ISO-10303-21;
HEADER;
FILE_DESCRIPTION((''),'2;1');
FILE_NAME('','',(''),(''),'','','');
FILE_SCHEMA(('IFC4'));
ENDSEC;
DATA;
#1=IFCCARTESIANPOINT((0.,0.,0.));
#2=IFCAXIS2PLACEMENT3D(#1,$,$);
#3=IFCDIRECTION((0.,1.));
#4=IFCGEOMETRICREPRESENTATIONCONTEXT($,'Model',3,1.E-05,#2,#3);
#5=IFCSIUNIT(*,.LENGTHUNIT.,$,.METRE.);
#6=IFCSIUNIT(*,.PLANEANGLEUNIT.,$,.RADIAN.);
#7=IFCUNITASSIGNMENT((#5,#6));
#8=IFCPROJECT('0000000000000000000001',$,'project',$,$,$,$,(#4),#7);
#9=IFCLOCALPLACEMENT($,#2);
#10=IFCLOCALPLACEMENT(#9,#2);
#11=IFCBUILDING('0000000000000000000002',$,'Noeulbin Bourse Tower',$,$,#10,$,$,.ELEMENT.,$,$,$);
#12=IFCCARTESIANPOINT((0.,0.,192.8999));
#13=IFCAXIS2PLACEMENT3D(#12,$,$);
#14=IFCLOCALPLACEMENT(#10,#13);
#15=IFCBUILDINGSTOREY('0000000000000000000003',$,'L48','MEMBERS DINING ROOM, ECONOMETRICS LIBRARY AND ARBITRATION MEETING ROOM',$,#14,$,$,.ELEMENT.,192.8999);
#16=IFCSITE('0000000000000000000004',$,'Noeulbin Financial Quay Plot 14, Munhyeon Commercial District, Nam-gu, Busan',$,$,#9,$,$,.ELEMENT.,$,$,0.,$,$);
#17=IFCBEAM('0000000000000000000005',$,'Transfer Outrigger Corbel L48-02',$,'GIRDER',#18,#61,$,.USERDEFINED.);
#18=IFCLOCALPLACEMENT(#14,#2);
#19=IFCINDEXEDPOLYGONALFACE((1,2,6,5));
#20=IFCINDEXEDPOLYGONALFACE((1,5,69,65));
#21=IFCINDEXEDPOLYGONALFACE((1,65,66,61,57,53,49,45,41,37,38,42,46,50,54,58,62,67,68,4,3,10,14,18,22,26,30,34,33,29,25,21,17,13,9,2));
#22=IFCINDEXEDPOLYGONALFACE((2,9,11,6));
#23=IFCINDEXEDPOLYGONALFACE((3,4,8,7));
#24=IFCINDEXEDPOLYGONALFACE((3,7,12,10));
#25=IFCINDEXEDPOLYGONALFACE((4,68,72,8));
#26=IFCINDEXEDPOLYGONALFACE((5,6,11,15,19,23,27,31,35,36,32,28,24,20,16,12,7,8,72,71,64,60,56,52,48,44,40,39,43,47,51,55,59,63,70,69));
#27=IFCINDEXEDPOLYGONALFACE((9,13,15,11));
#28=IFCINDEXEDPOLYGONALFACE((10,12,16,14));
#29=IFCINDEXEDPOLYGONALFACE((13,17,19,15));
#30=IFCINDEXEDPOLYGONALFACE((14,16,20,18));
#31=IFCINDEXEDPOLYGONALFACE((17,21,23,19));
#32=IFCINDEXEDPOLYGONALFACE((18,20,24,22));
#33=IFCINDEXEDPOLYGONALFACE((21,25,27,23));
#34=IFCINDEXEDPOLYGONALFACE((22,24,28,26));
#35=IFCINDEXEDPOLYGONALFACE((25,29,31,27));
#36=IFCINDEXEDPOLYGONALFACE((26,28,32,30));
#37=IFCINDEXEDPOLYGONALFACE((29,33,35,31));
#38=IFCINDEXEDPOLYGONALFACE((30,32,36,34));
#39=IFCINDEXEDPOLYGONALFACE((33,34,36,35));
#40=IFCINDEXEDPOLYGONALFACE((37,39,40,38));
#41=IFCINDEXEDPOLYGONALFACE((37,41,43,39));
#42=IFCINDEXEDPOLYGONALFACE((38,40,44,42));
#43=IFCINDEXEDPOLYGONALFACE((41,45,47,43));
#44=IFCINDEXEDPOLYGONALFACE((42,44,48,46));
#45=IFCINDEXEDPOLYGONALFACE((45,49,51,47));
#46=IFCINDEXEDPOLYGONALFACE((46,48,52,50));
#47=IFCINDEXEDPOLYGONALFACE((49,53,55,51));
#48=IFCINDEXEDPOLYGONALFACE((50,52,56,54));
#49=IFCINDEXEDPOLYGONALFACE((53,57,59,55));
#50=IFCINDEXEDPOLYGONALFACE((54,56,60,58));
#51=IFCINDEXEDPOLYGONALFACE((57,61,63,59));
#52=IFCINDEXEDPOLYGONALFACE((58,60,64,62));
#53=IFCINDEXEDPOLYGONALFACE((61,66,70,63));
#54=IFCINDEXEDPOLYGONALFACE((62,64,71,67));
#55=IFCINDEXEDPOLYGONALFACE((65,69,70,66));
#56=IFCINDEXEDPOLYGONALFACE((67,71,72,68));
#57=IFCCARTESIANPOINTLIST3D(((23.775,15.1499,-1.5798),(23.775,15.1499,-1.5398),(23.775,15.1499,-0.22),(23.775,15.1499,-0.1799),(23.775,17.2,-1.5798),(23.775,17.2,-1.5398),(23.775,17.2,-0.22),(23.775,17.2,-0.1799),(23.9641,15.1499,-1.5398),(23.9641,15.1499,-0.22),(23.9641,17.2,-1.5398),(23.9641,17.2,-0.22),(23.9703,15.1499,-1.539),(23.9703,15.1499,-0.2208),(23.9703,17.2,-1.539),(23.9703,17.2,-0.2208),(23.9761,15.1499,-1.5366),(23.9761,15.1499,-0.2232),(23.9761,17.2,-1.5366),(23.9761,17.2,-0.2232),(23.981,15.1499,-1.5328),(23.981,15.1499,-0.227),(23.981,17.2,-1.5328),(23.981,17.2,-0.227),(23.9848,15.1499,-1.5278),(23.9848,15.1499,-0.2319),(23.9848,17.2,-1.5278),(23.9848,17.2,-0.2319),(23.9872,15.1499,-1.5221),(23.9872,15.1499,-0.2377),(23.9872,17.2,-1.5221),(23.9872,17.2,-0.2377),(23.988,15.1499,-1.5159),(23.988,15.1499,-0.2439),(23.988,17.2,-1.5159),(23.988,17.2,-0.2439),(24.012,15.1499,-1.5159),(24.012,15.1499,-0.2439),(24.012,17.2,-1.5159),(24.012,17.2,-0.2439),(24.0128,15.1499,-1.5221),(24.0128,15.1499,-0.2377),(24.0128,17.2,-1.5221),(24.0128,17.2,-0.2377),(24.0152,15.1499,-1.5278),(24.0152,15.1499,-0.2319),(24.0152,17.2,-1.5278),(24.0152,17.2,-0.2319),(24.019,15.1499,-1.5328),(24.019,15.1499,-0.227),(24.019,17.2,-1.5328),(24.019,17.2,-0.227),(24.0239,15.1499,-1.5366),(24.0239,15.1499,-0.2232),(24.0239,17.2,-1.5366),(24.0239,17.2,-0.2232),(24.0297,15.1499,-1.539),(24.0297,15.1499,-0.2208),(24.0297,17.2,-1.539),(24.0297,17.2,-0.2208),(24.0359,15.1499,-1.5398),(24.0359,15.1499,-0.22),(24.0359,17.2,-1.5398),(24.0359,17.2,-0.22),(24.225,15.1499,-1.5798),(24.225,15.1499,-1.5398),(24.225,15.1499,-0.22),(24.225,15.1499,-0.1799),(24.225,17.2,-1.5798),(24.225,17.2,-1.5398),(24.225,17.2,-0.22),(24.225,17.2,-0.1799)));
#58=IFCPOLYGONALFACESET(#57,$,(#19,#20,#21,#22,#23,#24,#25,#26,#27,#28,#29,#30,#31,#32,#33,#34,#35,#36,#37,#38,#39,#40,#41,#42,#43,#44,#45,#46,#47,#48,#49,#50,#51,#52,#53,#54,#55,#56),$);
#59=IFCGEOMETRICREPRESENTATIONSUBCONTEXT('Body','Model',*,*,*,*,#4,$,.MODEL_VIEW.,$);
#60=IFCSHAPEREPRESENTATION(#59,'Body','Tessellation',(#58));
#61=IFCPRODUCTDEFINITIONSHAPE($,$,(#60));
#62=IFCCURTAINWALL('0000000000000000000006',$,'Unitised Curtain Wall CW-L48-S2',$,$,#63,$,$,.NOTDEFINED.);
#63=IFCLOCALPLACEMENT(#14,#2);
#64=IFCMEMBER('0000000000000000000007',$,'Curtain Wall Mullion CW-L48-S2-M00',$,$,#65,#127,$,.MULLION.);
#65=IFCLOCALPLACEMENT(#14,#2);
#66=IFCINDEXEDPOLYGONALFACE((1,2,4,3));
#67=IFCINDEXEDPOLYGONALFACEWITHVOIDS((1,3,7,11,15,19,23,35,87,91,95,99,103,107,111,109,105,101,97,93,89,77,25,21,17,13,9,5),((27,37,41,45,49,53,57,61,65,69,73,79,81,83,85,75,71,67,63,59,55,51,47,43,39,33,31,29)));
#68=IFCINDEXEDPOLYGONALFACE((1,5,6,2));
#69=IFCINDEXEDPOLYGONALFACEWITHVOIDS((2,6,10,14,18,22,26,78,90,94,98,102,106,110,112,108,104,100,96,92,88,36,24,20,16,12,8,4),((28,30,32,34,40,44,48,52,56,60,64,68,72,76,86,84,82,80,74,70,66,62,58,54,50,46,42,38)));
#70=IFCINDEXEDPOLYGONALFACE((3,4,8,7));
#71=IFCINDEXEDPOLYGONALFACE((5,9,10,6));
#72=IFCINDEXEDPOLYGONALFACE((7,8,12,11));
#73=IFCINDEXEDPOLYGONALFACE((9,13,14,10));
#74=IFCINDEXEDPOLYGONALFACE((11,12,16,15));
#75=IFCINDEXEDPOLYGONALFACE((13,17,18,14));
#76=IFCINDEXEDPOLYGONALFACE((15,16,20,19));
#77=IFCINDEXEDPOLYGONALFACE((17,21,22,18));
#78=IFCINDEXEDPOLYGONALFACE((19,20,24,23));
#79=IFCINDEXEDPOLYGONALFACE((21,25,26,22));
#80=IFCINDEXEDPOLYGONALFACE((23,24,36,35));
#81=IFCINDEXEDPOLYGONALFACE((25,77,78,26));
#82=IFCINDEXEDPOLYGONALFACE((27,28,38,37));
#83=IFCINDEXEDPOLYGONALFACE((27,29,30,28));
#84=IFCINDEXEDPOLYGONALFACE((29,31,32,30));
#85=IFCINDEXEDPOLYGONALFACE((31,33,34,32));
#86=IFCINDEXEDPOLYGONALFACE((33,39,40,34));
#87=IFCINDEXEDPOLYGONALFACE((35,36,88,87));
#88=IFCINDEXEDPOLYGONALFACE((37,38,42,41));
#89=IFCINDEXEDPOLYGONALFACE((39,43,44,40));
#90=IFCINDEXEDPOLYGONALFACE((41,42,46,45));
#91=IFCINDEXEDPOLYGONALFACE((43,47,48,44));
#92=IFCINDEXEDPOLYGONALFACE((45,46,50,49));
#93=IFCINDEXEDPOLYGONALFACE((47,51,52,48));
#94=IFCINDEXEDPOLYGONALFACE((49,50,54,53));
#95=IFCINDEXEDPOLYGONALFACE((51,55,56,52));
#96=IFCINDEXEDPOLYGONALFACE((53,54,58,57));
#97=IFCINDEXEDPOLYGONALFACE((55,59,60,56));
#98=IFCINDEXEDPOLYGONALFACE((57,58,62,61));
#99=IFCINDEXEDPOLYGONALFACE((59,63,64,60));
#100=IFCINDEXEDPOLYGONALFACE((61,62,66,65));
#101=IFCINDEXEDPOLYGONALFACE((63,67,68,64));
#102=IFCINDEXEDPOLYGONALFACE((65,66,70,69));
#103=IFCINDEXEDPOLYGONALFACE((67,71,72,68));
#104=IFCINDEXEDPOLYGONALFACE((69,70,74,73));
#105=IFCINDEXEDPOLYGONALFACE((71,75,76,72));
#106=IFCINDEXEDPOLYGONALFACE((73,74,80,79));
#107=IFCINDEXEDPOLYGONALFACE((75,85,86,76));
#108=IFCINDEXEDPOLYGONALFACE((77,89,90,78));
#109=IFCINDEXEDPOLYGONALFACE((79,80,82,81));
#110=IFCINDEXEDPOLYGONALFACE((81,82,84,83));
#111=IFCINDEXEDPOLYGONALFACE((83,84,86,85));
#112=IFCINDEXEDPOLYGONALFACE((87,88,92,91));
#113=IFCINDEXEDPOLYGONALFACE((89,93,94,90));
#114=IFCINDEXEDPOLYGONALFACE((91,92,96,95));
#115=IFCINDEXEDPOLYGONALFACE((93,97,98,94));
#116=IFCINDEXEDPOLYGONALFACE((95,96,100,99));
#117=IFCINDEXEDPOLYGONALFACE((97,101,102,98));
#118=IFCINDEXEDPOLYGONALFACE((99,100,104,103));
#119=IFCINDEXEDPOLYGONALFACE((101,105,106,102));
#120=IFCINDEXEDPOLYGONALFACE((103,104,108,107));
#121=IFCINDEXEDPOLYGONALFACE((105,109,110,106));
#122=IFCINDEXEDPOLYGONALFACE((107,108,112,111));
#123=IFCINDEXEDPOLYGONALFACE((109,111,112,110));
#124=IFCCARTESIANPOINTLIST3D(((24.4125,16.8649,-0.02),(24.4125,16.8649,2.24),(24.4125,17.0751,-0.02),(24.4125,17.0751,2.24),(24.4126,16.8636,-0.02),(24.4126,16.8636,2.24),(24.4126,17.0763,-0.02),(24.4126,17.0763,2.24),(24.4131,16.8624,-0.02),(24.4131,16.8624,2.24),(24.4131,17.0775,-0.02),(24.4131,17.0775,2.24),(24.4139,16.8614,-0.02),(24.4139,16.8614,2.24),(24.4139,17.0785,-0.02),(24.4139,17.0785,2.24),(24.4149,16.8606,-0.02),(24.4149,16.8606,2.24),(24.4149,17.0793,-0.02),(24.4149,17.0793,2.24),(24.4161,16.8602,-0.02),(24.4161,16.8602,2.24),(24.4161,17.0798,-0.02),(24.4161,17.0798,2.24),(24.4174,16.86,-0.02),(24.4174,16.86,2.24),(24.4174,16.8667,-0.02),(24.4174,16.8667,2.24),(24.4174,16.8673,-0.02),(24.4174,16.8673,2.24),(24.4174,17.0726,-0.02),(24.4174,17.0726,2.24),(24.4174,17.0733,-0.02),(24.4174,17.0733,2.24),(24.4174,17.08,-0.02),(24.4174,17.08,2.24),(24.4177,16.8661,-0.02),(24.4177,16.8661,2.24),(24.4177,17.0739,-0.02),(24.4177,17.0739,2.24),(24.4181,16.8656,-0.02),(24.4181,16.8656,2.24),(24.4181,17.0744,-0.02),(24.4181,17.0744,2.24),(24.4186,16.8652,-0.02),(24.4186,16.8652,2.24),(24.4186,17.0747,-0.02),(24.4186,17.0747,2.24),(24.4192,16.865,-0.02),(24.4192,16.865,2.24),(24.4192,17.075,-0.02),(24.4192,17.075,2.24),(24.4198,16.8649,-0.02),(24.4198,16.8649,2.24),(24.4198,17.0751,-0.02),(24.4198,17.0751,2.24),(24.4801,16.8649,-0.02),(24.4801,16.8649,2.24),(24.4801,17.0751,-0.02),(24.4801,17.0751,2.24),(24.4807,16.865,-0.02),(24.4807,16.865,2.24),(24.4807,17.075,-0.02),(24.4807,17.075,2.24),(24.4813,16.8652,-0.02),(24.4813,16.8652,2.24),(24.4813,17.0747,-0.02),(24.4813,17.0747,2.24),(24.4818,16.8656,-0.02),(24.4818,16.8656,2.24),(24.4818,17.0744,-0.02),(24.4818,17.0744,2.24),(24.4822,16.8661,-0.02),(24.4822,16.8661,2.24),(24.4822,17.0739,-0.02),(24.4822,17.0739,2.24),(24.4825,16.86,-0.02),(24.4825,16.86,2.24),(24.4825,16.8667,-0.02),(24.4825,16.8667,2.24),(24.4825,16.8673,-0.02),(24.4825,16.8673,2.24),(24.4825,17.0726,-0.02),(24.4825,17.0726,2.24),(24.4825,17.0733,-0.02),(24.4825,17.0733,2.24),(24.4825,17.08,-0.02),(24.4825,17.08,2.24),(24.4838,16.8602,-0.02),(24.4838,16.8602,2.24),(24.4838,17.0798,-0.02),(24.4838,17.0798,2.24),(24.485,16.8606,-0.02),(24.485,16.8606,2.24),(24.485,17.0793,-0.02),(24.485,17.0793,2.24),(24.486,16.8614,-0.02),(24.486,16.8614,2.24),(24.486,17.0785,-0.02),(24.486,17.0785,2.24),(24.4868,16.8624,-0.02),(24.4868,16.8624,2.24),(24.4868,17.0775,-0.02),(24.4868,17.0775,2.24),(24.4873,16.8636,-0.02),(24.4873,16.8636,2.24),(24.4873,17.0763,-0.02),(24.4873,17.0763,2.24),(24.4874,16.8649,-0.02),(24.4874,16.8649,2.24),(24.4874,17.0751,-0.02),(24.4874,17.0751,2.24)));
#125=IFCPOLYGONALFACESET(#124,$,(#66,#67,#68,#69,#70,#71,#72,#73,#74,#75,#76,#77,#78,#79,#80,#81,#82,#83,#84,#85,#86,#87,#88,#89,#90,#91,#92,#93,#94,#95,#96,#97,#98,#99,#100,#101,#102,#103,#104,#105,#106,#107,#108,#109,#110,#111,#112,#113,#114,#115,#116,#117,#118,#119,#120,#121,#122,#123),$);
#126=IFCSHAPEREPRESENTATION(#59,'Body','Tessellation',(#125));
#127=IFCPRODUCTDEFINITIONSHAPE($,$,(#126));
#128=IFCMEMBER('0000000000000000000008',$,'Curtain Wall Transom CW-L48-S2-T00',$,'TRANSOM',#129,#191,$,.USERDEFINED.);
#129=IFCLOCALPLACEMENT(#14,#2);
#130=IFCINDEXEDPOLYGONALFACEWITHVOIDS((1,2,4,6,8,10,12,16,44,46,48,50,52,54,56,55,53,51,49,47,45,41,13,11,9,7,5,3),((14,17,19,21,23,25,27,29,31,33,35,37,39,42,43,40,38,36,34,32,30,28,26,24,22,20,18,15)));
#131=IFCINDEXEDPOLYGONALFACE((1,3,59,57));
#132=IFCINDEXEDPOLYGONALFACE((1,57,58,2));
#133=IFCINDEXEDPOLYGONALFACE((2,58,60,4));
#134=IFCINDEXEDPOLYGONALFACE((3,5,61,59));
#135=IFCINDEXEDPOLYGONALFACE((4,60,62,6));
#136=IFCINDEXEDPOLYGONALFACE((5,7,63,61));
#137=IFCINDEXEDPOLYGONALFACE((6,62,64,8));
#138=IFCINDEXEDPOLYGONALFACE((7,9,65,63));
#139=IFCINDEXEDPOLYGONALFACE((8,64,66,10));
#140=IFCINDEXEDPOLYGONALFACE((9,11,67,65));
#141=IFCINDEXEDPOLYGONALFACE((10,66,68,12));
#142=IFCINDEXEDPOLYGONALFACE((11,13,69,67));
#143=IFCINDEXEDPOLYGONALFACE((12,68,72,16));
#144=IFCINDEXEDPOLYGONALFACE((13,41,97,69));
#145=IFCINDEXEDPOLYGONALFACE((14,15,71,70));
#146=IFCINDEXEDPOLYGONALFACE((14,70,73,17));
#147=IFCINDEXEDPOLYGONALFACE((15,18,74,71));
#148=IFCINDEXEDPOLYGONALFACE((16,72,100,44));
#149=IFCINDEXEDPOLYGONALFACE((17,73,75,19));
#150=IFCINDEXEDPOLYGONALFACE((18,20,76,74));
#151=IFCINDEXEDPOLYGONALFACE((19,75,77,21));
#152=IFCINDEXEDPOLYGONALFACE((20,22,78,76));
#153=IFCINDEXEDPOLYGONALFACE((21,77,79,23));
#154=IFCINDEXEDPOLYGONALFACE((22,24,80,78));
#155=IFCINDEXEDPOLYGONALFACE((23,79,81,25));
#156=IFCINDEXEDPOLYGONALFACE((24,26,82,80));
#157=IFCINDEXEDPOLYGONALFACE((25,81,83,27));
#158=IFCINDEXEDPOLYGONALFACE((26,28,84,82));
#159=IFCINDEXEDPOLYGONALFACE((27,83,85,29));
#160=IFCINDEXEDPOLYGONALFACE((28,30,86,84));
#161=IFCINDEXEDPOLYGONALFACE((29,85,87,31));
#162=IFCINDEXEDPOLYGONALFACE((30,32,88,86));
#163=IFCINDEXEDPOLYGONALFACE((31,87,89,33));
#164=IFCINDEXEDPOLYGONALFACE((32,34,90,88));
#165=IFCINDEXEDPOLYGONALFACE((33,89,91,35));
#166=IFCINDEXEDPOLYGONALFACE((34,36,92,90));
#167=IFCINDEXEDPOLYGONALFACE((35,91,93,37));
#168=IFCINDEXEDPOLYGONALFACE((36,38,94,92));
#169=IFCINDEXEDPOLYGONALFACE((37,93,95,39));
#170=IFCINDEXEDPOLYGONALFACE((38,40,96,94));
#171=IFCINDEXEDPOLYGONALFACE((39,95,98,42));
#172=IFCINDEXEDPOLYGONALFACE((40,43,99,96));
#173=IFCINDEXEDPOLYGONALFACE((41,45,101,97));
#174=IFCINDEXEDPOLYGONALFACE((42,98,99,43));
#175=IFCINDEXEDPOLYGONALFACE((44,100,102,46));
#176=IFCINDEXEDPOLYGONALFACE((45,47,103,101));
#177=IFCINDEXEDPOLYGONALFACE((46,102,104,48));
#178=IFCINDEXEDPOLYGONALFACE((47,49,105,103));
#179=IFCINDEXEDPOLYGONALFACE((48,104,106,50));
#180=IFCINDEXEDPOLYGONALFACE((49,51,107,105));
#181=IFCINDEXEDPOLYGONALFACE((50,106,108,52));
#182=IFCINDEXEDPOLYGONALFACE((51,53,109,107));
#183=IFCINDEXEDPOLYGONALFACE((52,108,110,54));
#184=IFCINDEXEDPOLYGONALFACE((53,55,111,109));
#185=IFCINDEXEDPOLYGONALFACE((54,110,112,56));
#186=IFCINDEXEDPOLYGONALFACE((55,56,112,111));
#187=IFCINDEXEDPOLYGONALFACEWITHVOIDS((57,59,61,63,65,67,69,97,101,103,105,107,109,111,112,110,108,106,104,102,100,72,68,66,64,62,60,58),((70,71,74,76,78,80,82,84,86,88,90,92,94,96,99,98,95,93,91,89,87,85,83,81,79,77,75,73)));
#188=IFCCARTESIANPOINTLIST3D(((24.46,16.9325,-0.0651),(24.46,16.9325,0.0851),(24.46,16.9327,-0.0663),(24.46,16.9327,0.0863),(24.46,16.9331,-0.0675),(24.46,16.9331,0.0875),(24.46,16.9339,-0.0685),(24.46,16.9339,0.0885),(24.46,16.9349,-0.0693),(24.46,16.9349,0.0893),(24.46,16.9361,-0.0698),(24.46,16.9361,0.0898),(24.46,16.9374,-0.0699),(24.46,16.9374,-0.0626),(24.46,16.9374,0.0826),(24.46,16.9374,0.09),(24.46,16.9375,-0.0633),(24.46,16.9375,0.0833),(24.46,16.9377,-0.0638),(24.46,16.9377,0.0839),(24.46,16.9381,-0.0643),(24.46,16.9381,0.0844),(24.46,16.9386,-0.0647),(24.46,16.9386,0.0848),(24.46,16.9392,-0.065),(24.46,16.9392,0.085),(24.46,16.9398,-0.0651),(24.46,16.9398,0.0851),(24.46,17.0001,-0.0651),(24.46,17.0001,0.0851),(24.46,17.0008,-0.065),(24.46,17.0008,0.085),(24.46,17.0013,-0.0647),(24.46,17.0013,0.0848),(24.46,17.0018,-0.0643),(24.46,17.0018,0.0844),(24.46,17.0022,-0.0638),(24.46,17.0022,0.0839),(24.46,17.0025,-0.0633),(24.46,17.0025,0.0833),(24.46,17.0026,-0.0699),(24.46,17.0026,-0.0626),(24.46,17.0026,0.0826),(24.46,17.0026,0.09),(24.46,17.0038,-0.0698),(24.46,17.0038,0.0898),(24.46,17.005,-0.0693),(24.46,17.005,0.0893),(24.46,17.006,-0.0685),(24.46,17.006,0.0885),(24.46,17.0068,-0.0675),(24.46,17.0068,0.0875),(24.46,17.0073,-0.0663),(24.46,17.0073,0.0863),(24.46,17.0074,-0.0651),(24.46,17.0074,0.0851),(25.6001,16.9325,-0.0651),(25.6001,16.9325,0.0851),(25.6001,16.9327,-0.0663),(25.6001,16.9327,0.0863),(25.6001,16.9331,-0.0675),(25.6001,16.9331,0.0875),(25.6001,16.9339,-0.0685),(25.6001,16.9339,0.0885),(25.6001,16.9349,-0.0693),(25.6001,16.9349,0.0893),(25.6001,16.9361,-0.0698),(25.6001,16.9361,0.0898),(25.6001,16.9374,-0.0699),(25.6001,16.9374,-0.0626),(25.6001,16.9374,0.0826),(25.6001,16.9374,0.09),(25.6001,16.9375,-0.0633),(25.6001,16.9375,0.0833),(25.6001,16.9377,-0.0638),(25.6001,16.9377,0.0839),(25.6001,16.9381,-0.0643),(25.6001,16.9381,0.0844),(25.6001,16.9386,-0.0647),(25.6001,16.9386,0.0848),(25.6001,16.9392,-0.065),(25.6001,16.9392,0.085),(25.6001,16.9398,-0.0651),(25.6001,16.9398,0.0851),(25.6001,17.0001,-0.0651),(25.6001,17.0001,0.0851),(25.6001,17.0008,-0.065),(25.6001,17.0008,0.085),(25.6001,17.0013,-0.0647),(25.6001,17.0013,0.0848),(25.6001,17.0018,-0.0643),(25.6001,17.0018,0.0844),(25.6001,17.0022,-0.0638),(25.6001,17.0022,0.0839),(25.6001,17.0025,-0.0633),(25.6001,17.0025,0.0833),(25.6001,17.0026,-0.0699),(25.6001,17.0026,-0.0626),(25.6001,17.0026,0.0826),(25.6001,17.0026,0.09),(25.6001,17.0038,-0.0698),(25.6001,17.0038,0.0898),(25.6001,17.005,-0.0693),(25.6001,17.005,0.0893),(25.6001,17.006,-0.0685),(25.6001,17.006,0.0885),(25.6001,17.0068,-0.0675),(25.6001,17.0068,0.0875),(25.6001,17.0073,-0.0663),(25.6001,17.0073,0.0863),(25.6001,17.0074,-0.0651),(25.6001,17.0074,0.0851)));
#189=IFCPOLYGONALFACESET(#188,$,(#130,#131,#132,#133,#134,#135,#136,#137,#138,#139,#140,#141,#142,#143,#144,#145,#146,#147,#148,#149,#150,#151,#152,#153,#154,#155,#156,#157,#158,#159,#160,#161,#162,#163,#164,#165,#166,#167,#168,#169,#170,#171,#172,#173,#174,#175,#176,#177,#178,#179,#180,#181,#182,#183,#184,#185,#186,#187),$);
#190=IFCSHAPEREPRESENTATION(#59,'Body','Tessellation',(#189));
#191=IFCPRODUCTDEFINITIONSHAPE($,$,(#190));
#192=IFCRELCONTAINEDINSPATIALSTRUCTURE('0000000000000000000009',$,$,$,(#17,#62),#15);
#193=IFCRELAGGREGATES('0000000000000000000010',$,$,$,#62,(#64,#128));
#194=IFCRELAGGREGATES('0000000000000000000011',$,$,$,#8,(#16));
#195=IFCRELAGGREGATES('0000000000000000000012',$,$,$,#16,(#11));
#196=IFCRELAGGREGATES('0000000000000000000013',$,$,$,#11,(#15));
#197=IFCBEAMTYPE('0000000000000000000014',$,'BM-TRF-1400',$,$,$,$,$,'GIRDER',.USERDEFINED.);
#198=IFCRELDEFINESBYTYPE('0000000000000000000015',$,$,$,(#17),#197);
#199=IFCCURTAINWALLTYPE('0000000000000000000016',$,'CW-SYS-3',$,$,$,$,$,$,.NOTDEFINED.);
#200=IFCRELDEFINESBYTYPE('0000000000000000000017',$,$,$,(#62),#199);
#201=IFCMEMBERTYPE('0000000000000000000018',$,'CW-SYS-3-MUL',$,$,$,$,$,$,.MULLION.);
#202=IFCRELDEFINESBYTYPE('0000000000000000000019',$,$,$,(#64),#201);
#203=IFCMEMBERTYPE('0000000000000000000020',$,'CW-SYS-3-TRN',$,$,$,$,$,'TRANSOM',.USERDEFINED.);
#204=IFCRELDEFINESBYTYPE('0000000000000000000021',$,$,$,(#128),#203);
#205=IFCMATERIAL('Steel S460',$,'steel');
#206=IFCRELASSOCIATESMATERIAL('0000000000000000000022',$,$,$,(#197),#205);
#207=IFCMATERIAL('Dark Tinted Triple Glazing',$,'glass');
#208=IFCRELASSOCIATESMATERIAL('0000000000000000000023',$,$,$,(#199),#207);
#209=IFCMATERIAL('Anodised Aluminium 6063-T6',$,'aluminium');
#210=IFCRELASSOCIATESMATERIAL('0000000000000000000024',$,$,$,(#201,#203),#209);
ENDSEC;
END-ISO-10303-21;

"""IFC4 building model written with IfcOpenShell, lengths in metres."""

from ifc_helpers import new_model, si_unit, direction, frame, origin, origin_2d, place, context, subcontext, project, spatial, hollow_rectangle, i_section, extrude, material, material_profile, profile_set, type_object, element, aggregate, save


model = new_model("IFC4")

# Units and contexts
model_context = context("Model", 3, precision=1e-05, world=origin(), true_north=direction((0.0, 1.0)))
body_context = subcontext(model_context, "Body", "Model", "MODEL_VIEW")
ifc_project = project(units=[si_unit("LENGTHUNIT", "METRE"), si_unit("PLANEANGLEUNIT", "RADIAN")], contexts=[model_context])

# Site, building, storey
site_placement = place(None, origin())
site = spatial("IfcSite", under=ifc_project, at=site_placement, Name="Noeulbin Financial Quay Plot 14, Munhyeon Commercial District, Nam-gu, Busan", CompositionType="ELEMENT", RefElevation=0.0)
building_placement = place(site_placement, origin())
building = spatial("IfcBuilding", under=site, at=building_placement, Name="Noeulbin Bourse Tower", CompositionType="ELEMENT")
storey_placement = place(building_placement, frame((0.0, 0.0, 192.8999)))
storey = spatial("IfcBuildingStorey", under=building, at=storey_placement, Name="L48", Description="MEMBERS DINING ROOM, ECONOMETRICS LIBRARY AND ARBITRATION MEETING ROOM", CompositionType="ELEMENT", Elevation=192.8999)

# Shared definitions
ifc_material_1 = material(Name="Steel S460", Category="steel")

# Beam
ifc_material_profile_1 = material_profile(ifc_material_1, i_section(OverallWidth=0.45, OverallDepth=1.3999, WebThickness=0.0239, FlangeThickness=0.04, FilletRadius=0.0239, at=origin_2d()), Name="PG-1400x450x24x40", Category="LoadBearing")
ifc_profile_set_1 = profile_set([ifc_material_profile_1], Name="Steel S460")
beam_type_1 = type_object("IfcBeamType", Name="BM-TRF-1400", ElementType="GIRDER", PredefinedType="USERDEFINED", material=ifc_profile_set_1)
beam_1_placement = place(storey_placement, frame((24.0, 15.1499, -0.8799), z_axis=(0.0, 1.0, 0.0), x_axis=(-1.0, 0.0, 0.0)))
element("IfcBeam", 1, at=beam_1_placement, inside=storey, type_object=beam_type_1, Name="Transfer Outrigger Corbel L48-02", ObjectType="GIRDER", PredefinedType="USERDEFINED", context=body_context, shape_type="SweptSolid", body=[
    extrude(i_section(OverallWidth=0.45, OverallDepth=1.3999, WebThickness=0.0239, FlangeThickness=0.04, FilletRadius=0.0239, at=origin_2d()), origin(), (0.0, 0.0, 1.0), 2.05),
])

# Curtain wall, members
ifc_material_2 = material(Name="Dark Tinted Triple Glazing", Category="glass")
curtain_wall_type = type_object("IfcCurtainWallType", Name="CW-SYS-3", PredefinedType="NOTDEFINED", material=ifc_material_2)
curtain_wall_placement = place(storey_placement, origin())
curtain_wall = element("IfcCurtainWall", 2, at=curtain_wall_placement, inside=storey, type_object=curtain_wall_type, Name="Unitised Curtain Wall CW-L48-S2", PredefinedType="NOTDEFINED")
ifc_material_3 = material(Name="Anodised Aluminium 6063-T6", Category="aluminium")
ifc_material_profile_2 = material_profile(ifc_material_3, hollow_rectangle(XDim=0.075, YDim=0.22, WallThickness=0.0049, InnerFilletRadius=0.0024, OuterFilletRadius=0.0049, at=origin_2d()), Name="ALU-MULL-75x220x5", Category="LoadBearing")
ifc_profile_set_2 = profile_set([ifc_material_profile_2], Name="Anodised Aluminium 6063-T6")
member_type_1 = type_object("IfcMemberType", Name="CW-SYS-3-MUL", PredefinedType="MULLION", material=ifc_profile_set_2)
member_1_placement = place(storey_placement, frame((24.45, 16.97, -0.02), z_axis=(0.0, 0.0, 1.0), x_axis=(1.0, 0.0, 0.0)))
member_1 = element("IfcMember", 3, at=member_1_placement, type_object=member_type_1, Name="Curtain Wall Mullion CW-L48-S2-M00", PredefinedType="MULLION", context=body_context, shape_type="SweptSolid", body=[
    extrude(hollow_rectangle(XDim=0.075, YDim=0.22, WallThickness=0.0049, InnerFilletRadius=0.0024, OuterFilletRadius=0.0049, at=origin_2d()), origin(), (0.0, 0.0, 1.0), 2.26),
])
ifc_material_profile_3 = material_profile(ifc_material_3, hollow_rectangle(XDim=0.075, YDim=0.1599, WallThickness=0.0049, InnerFilletRadius=0.0024, OuterFilletRadius=0.0049, at=origin_2d()), Name="ALU-TRAN-75x160x5", Category="LoadBearing")
ifc_profile_set_3 = profile_set([ifc_material_profile_3], Name="Anodised Aluminium 6063-T6")
member_type_2 = type_object("IfcMemberType", Name="CW-SYS-3-TRN", ElementType="TRANSOM", PredefinedType="USERDEFINED", material=ifc_profile_set_3)
member_2_placement = place(storey_placement, frame((24.46, 16.97, 0.01), z_axis=(1.0, 0.0, 0.0), x_axis=(0.0, 1.0, 0.0)))
member_2 = element("IfcMember", 4, at=member_2_placement, type_object=member_type_2, Name="Curtain Wall Transom CW-L48-S2-T00", ObjectType="TRANSOM", PredefinedType="USERDEFINED", context=body_context, shape_type="SweptSolid", body=[
    extrude(hollow_rectangle(XDim=0.075, YDim=0.1599, WallThickness=0.0049, InnerFilletRadius=0.0024, OuterFilletRadius=0.0049, at=origin_2d()), origin(), (0.0, 0.0, 1.0), 1.1401),
])
aggregate(curtain_wall, [member_1, member_2])

save(model, "model.ifc")
